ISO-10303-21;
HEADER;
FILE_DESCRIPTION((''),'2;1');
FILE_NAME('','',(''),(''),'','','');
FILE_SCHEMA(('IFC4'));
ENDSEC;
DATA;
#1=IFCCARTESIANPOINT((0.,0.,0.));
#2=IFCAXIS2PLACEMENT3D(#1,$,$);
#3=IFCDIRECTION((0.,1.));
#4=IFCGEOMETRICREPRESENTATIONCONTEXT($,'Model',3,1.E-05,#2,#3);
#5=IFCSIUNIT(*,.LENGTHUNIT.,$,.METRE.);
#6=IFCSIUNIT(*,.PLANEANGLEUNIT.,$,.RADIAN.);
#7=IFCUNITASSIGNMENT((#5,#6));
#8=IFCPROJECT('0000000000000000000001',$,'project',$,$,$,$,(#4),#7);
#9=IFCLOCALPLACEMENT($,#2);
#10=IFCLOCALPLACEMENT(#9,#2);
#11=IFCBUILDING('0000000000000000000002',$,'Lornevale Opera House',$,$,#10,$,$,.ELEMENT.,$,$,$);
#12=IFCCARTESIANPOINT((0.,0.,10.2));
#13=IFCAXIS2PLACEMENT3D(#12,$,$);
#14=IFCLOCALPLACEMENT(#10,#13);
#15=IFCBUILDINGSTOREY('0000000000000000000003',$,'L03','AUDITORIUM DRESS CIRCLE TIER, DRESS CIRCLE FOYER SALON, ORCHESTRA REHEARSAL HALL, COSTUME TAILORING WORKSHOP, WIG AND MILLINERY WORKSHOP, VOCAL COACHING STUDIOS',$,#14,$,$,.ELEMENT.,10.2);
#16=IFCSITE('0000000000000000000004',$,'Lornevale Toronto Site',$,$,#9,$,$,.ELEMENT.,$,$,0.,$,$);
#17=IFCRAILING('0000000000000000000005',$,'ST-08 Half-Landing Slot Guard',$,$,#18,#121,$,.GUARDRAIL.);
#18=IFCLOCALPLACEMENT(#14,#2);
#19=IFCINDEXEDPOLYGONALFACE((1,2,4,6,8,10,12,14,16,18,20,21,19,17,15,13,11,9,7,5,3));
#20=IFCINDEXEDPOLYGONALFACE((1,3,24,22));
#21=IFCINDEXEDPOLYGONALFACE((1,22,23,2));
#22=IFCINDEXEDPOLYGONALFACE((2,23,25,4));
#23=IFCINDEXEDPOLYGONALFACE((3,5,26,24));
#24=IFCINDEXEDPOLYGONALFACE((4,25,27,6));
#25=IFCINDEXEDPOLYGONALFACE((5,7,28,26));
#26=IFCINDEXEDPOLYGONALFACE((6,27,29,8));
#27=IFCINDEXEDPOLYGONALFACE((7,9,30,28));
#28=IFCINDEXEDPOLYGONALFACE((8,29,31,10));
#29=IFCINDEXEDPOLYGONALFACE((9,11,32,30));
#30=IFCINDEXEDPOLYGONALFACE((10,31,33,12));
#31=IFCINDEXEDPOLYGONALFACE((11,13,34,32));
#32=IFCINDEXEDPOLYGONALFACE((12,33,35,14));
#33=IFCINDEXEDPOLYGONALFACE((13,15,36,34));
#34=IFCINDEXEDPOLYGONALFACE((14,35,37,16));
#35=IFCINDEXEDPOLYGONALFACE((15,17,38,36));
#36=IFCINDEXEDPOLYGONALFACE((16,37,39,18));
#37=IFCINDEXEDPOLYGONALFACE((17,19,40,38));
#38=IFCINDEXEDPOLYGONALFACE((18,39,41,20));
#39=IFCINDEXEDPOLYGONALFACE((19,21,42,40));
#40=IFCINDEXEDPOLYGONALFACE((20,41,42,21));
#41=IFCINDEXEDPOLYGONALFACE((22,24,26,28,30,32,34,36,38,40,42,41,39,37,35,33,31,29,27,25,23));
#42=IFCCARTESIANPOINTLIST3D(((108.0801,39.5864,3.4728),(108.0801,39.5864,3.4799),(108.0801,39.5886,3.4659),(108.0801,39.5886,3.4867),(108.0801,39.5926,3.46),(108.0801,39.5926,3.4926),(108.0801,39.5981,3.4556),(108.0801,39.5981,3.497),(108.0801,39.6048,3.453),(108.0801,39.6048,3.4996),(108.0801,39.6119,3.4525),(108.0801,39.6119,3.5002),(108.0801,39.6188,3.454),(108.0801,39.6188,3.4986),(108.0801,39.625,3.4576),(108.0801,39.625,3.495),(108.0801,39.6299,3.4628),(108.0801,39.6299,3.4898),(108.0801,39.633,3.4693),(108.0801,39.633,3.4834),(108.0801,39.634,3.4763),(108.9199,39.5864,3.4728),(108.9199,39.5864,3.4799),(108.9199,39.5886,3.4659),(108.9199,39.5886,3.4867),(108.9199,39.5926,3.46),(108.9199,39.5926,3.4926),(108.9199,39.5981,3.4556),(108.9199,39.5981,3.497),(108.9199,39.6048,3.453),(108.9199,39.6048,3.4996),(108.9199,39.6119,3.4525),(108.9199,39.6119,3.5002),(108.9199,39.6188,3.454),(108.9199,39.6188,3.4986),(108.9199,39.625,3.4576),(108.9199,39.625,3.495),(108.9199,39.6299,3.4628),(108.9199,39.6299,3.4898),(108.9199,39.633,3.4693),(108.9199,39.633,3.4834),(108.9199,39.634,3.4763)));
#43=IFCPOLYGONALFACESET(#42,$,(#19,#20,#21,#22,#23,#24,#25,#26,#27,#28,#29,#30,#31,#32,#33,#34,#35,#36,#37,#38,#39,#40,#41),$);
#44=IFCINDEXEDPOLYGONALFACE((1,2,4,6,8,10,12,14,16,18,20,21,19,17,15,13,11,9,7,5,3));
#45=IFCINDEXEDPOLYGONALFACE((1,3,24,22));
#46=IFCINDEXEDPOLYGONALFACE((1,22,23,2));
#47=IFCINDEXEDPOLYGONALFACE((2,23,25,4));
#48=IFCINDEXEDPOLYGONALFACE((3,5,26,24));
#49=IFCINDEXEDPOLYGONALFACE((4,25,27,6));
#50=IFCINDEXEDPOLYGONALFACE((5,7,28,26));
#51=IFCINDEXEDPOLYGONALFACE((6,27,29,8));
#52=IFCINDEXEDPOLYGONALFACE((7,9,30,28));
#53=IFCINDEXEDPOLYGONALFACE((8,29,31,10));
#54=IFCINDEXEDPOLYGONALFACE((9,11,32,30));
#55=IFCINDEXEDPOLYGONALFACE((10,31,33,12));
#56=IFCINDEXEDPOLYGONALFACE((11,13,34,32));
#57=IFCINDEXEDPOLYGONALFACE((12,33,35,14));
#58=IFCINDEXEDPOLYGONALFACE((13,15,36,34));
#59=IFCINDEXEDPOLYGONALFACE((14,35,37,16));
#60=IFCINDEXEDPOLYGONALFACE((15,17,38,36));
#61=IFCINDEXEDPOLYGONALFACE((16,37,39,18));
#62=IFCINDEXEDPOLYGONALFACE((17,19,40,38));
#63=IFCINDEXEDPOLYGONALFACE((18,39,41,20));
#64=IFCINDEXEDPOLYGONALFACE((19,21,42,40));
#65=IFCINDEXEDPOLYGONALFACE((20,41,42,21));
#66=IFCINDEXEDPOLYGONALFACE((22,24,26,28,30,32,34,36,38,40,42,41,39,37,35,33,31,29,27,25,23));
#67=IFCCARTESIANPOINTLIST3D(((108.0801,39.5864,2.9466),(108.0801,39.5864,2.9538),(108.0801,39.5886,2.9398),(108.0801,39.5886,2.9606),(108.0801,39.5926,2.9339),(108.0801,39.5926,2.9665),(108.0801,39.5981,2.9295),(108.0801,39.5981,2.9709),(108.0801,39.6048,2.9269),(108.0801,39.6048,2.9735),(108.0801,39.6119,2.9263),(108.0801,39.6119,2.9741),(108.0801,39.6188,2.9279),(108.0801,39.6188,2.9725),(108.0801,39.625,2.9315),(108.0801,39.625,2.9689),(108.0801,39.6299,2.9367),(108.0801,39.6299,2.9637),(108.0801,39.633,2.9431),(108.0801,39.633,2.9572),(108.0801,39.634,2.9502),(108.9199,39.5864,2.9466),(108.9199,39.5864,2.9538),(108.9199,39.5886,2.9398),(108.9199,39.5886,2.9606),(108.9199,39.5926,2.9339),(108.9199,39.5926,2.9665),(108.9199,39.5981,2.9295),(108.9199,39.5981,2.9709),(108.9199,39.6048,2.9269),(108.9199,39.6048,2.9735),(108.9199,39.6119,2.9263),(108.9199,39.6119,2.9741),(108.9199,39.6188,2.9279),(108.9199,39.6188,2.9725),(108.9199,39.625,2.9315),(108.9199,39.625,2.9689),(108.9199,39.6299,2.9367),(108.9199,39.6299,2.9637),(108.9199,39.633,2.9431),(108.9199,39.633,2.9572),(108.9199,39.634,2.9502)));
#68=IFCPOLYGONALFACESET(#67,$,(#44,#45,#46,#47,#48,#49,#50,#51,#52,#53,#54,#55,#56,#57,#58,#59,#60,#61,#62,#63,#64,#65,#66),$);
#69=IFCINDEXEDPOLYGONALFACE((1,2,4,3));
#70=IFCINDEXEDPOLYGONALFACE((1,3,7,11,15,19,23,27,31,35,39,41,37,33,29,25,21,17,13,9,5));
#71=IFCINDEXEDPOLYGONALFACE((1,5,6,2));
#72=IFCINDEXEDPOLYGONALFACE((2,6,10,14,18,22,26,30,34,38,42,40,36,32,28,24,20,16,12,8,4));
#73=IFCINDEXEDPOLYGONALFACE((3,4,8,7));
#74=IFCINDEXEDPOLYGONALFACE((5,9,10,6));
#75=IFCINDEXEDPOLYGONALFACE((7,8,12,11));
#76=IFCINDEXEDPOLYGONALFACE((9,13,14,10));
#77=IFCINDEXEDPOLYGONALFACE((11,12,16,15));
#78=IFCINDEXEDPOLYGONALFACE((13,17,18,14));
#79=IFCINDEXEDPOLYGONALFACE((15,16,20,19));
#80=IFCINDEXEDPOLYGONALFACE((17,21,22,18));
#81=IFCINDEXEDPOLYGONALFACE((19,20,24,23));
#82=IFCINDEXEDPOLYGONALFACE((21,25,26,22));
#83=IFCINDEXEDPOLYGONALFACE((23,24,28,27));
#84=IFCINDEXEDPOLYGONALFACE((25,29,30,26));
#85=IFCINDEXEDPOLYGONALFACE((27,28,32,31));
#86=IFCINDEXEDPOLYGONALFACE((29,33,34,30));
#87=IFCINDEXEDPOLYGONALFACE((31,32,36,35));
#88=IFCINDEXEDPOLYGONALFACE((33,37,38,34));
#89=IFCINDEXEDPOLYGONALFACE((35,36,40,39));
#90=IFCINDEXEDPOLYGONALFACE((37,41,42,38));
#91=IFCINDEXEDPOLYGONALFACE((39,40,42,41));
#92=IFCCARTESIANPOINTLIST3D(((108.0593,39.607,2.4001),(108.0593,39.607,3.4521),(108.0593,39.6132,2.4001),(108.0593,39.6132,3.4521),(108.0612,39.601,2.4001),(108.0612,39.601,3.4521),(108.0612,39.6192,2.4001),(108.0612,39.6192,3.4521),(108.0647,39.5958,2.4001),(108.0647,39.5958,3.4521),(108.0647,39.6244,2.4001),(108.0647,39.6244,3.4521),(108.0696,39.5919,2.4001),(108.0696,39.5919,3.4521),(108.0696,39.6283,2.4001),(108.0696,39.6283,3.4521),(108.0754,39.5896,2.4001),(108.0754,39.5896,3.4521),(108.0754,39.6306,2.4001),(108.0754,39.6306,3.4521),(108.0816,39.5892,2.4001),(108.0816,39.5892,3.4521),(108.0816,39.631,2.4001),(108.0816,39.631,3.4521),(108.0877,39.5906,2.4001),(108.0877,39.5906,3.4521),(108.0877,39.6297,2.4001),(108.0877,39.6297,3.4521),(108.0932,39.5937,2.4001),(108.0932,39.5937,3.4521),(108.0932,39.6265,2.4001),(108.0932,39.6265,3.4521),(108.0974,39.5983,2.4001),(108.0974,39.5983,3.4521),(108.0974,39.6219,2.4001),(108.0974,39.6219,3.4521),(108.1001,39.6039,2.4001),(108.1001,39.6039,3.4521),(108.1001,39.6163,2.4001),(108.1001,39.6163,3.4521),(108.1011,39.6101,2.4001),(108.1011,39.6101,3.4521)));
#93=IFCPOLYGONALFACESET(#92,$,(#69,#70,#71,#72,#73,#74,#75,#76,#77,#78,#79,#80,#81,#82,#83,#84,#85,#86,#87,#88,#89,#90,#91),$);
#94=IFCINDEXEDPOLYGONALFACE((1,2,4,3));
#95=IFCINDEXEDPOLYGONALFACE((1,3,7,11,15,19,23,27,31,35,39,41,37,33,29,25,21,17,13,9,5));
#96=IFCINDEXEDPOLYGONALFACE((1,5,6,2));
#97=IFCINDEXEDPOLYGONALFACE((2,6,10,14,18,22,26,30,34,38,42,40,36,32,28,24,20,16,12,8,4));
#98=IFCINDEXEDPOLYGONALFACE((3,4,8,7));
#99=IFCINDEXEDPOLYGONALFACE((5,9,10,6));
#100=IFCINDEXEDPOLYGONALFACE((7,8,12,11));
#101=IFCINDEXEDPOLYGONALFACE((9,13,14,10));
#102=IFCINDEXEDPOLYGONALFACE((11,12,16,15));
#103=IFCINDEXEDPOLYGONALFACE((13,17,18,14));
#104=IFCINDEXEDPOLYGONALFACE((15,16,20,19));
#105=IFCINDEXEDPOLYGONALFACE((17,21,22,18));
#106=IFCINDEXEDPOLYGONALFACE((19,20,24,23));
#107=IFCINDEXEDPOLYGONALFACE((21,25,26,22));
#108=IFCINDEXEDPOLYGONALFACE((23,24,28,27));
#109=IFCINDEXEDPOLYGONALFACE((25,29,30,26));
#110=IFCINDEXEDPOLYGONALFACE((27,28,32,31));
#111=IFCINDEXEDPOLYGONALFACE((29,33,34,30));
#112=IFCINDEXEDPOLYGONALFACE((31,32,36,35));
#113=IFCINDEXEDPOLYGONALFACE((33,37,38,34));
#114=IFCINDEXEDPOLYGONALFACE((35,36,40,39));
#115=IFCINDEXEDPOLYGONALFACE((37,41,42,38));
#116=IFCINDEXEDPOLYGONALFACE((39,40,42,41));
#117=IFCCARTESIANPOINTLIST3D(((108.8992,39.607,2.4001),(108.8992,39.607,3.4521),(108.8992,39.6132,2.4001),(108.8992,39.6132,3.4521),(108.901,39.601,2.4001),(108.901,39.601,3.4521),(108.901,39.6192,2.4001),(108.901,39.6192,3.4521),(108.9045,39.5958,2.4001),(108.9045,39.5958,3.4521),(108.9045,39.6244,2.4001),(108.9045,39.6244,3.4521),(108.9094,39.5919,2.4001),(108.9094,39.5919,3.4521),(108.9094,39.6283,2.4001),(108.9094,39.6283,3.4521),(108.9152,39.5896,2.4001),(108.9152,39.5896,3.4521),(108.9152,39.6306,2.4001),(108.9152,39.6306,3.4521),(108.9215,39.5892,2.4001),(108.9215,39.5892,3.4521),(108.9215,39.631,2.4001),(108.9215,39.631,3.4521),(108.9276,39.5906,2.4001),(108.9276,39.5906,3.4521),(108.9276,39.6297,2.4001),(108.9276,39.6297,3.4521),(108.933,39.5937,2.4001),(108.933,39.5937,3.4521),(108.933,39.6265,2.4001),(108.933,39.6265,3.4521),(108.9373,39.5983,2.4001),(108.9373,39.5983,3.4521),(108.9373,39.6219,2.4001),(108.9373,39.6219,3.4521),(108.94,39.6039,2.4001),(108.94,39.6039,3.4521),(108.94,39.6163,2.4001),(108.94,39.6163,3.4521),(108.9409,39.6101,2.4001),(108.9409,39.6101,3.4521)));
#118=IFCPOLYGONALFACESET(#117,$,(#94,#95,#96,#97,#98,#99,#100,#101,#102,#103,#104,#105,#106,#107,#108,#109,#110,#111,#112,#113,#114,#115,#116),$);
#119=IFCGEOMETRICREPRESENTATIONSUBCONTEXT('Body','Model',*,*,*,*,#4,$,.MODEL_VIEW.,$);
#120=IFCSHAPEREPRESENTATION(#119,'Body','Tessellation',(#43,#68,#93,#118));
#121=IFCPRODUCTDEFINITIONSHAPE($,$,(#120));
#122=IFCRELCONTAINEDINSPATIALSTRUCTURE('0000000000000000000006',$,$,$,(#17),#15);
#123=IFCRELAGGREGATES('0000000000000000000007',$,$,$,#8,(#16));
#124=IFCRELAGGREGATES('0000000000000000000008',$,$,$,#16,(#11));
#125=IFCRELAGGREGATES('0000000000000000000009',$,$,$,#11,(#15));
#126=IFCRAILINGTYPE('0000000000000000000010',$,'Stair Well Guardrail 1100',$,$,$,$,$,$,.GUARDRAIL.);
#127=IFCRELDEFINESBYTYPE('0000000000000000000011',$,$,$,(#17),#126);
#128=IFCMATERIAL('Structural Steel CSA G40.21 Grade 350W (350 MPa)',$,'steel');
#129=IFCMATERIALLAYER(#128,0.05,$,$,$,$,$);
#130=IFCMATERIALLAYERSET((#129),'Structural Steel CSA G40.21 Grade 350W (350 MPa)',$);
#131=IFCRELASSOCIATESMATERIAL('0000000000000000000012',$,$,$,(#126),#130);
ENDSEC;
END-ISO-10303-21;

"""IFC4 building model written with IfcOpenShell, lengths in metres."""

from ifc_helpers import new_model, si_unit, direction, frame, origin, origin_2d, place, context, subcontext, project, spatial, circle, extrude, material, layer, layer_set, type_object, element, save


model = new_model("IFC4")

# Units and contexts
model_context = context("Model", 3, precision=1e-05, world=origin(), true_north=direction((0.0, 1.0)))
body_context = subcontext(model_context, "Body", "Model", "MODEL_VIEW")
ifc_project = project(units=[si_unit("LENGTHUNIT", "METRE"), si_unit("PLANEANGLEUNIT", "RADIAN")], contexts=[model_context])

# Site, building, storey
site_placement = place(None, origin())
site = spatial("IfcSite", under=ifc_project, at=site_placement, Name="Lornevale Toronto Site", CompositionType="ELEMENT", RefElevation=0.0)
building_placement = place(site_placement, origin())
building = spatial("IfcBuilding", under=site, at=building_placement, Name="Lornevale Opera House", CompositionType="ELEMENT")
storey_placement = place(building_placement, frame((0.0, 0.0, 10.2)))
storey = spatial("IfcBuildingStorey", under=building, at=storey_placement, Name="L03", Description="AUDITORIUM DRESS CIRCLE TIER, DRESS CIRCLE FOYER SALON, ORCHESTRA REHEARSAL HALL, COSTUME TAILORING WORKSHOP, WIG AND MILLINERY WORKSHOP, VOCAL COACHING STUDIOS", CompositionType="ELEMENT", Elevation=10.2)

# Shared definitions
ifc_material_1 = material(Name="Structural Steel CSA G40.21 Grade 350W (350 MPa)", Category="steel")

# Railing
ifc_layer_1 = layer(ifc_material_1, 0.05)
ifc_layer_set_1 = layer_set([ifc_layer_1], Name="Structural Steel CSA G40.21 Grade 350W (350 MPa)")
railing_type_1 = type_object("IfcRailingType", Name="Stair Well Guardrail 1100", PredefinedType="GUARDRAIL", material=ifc_layer_set_1)
railing_1_placement = place(storey_placement, frame((108.0801, 39.6101, 2.4001)))
element("IfcRailing", 1, at=railing_1_placement, inside=storey, type_object=railing_type_1, Name="ST-08 Half-Landing Slot Guard", PredefinedType="GUARDRAIL", context=body_context, shape_type="SweptSolid", body=[
    extrude(circle(Radius=0.0239, at=origin_2d()), frame((0.0, 0.0, 1.0762), z_axis=(1.0, 0.0, 0.0), x_axis=(0.0, 1.0, 0.0)), (0.0, 0.0, 1.0), 0.8398),
    extrude(circle(Radius=0.0239, at=origin_2d()), frame((0.0, 0.0, 0.55), z_axis=(1.0, 0.0, 0.0), x_axis=(0.0, 1.0, 0.0)), (0.0, 0.0, 1.0), 0.8398),
    extrude(circle(Radius=0.021, at=origin_2d()), origin(), (0.0, 0.0, 1.0), 1.052),
    extrude(circle(Radius=0.021, at=origin_2d()), frame((0.8398, 0.0, 0.0)), (0.0, 0.0, 1.0), 1.052),
])

save(model, "model.ifc")
